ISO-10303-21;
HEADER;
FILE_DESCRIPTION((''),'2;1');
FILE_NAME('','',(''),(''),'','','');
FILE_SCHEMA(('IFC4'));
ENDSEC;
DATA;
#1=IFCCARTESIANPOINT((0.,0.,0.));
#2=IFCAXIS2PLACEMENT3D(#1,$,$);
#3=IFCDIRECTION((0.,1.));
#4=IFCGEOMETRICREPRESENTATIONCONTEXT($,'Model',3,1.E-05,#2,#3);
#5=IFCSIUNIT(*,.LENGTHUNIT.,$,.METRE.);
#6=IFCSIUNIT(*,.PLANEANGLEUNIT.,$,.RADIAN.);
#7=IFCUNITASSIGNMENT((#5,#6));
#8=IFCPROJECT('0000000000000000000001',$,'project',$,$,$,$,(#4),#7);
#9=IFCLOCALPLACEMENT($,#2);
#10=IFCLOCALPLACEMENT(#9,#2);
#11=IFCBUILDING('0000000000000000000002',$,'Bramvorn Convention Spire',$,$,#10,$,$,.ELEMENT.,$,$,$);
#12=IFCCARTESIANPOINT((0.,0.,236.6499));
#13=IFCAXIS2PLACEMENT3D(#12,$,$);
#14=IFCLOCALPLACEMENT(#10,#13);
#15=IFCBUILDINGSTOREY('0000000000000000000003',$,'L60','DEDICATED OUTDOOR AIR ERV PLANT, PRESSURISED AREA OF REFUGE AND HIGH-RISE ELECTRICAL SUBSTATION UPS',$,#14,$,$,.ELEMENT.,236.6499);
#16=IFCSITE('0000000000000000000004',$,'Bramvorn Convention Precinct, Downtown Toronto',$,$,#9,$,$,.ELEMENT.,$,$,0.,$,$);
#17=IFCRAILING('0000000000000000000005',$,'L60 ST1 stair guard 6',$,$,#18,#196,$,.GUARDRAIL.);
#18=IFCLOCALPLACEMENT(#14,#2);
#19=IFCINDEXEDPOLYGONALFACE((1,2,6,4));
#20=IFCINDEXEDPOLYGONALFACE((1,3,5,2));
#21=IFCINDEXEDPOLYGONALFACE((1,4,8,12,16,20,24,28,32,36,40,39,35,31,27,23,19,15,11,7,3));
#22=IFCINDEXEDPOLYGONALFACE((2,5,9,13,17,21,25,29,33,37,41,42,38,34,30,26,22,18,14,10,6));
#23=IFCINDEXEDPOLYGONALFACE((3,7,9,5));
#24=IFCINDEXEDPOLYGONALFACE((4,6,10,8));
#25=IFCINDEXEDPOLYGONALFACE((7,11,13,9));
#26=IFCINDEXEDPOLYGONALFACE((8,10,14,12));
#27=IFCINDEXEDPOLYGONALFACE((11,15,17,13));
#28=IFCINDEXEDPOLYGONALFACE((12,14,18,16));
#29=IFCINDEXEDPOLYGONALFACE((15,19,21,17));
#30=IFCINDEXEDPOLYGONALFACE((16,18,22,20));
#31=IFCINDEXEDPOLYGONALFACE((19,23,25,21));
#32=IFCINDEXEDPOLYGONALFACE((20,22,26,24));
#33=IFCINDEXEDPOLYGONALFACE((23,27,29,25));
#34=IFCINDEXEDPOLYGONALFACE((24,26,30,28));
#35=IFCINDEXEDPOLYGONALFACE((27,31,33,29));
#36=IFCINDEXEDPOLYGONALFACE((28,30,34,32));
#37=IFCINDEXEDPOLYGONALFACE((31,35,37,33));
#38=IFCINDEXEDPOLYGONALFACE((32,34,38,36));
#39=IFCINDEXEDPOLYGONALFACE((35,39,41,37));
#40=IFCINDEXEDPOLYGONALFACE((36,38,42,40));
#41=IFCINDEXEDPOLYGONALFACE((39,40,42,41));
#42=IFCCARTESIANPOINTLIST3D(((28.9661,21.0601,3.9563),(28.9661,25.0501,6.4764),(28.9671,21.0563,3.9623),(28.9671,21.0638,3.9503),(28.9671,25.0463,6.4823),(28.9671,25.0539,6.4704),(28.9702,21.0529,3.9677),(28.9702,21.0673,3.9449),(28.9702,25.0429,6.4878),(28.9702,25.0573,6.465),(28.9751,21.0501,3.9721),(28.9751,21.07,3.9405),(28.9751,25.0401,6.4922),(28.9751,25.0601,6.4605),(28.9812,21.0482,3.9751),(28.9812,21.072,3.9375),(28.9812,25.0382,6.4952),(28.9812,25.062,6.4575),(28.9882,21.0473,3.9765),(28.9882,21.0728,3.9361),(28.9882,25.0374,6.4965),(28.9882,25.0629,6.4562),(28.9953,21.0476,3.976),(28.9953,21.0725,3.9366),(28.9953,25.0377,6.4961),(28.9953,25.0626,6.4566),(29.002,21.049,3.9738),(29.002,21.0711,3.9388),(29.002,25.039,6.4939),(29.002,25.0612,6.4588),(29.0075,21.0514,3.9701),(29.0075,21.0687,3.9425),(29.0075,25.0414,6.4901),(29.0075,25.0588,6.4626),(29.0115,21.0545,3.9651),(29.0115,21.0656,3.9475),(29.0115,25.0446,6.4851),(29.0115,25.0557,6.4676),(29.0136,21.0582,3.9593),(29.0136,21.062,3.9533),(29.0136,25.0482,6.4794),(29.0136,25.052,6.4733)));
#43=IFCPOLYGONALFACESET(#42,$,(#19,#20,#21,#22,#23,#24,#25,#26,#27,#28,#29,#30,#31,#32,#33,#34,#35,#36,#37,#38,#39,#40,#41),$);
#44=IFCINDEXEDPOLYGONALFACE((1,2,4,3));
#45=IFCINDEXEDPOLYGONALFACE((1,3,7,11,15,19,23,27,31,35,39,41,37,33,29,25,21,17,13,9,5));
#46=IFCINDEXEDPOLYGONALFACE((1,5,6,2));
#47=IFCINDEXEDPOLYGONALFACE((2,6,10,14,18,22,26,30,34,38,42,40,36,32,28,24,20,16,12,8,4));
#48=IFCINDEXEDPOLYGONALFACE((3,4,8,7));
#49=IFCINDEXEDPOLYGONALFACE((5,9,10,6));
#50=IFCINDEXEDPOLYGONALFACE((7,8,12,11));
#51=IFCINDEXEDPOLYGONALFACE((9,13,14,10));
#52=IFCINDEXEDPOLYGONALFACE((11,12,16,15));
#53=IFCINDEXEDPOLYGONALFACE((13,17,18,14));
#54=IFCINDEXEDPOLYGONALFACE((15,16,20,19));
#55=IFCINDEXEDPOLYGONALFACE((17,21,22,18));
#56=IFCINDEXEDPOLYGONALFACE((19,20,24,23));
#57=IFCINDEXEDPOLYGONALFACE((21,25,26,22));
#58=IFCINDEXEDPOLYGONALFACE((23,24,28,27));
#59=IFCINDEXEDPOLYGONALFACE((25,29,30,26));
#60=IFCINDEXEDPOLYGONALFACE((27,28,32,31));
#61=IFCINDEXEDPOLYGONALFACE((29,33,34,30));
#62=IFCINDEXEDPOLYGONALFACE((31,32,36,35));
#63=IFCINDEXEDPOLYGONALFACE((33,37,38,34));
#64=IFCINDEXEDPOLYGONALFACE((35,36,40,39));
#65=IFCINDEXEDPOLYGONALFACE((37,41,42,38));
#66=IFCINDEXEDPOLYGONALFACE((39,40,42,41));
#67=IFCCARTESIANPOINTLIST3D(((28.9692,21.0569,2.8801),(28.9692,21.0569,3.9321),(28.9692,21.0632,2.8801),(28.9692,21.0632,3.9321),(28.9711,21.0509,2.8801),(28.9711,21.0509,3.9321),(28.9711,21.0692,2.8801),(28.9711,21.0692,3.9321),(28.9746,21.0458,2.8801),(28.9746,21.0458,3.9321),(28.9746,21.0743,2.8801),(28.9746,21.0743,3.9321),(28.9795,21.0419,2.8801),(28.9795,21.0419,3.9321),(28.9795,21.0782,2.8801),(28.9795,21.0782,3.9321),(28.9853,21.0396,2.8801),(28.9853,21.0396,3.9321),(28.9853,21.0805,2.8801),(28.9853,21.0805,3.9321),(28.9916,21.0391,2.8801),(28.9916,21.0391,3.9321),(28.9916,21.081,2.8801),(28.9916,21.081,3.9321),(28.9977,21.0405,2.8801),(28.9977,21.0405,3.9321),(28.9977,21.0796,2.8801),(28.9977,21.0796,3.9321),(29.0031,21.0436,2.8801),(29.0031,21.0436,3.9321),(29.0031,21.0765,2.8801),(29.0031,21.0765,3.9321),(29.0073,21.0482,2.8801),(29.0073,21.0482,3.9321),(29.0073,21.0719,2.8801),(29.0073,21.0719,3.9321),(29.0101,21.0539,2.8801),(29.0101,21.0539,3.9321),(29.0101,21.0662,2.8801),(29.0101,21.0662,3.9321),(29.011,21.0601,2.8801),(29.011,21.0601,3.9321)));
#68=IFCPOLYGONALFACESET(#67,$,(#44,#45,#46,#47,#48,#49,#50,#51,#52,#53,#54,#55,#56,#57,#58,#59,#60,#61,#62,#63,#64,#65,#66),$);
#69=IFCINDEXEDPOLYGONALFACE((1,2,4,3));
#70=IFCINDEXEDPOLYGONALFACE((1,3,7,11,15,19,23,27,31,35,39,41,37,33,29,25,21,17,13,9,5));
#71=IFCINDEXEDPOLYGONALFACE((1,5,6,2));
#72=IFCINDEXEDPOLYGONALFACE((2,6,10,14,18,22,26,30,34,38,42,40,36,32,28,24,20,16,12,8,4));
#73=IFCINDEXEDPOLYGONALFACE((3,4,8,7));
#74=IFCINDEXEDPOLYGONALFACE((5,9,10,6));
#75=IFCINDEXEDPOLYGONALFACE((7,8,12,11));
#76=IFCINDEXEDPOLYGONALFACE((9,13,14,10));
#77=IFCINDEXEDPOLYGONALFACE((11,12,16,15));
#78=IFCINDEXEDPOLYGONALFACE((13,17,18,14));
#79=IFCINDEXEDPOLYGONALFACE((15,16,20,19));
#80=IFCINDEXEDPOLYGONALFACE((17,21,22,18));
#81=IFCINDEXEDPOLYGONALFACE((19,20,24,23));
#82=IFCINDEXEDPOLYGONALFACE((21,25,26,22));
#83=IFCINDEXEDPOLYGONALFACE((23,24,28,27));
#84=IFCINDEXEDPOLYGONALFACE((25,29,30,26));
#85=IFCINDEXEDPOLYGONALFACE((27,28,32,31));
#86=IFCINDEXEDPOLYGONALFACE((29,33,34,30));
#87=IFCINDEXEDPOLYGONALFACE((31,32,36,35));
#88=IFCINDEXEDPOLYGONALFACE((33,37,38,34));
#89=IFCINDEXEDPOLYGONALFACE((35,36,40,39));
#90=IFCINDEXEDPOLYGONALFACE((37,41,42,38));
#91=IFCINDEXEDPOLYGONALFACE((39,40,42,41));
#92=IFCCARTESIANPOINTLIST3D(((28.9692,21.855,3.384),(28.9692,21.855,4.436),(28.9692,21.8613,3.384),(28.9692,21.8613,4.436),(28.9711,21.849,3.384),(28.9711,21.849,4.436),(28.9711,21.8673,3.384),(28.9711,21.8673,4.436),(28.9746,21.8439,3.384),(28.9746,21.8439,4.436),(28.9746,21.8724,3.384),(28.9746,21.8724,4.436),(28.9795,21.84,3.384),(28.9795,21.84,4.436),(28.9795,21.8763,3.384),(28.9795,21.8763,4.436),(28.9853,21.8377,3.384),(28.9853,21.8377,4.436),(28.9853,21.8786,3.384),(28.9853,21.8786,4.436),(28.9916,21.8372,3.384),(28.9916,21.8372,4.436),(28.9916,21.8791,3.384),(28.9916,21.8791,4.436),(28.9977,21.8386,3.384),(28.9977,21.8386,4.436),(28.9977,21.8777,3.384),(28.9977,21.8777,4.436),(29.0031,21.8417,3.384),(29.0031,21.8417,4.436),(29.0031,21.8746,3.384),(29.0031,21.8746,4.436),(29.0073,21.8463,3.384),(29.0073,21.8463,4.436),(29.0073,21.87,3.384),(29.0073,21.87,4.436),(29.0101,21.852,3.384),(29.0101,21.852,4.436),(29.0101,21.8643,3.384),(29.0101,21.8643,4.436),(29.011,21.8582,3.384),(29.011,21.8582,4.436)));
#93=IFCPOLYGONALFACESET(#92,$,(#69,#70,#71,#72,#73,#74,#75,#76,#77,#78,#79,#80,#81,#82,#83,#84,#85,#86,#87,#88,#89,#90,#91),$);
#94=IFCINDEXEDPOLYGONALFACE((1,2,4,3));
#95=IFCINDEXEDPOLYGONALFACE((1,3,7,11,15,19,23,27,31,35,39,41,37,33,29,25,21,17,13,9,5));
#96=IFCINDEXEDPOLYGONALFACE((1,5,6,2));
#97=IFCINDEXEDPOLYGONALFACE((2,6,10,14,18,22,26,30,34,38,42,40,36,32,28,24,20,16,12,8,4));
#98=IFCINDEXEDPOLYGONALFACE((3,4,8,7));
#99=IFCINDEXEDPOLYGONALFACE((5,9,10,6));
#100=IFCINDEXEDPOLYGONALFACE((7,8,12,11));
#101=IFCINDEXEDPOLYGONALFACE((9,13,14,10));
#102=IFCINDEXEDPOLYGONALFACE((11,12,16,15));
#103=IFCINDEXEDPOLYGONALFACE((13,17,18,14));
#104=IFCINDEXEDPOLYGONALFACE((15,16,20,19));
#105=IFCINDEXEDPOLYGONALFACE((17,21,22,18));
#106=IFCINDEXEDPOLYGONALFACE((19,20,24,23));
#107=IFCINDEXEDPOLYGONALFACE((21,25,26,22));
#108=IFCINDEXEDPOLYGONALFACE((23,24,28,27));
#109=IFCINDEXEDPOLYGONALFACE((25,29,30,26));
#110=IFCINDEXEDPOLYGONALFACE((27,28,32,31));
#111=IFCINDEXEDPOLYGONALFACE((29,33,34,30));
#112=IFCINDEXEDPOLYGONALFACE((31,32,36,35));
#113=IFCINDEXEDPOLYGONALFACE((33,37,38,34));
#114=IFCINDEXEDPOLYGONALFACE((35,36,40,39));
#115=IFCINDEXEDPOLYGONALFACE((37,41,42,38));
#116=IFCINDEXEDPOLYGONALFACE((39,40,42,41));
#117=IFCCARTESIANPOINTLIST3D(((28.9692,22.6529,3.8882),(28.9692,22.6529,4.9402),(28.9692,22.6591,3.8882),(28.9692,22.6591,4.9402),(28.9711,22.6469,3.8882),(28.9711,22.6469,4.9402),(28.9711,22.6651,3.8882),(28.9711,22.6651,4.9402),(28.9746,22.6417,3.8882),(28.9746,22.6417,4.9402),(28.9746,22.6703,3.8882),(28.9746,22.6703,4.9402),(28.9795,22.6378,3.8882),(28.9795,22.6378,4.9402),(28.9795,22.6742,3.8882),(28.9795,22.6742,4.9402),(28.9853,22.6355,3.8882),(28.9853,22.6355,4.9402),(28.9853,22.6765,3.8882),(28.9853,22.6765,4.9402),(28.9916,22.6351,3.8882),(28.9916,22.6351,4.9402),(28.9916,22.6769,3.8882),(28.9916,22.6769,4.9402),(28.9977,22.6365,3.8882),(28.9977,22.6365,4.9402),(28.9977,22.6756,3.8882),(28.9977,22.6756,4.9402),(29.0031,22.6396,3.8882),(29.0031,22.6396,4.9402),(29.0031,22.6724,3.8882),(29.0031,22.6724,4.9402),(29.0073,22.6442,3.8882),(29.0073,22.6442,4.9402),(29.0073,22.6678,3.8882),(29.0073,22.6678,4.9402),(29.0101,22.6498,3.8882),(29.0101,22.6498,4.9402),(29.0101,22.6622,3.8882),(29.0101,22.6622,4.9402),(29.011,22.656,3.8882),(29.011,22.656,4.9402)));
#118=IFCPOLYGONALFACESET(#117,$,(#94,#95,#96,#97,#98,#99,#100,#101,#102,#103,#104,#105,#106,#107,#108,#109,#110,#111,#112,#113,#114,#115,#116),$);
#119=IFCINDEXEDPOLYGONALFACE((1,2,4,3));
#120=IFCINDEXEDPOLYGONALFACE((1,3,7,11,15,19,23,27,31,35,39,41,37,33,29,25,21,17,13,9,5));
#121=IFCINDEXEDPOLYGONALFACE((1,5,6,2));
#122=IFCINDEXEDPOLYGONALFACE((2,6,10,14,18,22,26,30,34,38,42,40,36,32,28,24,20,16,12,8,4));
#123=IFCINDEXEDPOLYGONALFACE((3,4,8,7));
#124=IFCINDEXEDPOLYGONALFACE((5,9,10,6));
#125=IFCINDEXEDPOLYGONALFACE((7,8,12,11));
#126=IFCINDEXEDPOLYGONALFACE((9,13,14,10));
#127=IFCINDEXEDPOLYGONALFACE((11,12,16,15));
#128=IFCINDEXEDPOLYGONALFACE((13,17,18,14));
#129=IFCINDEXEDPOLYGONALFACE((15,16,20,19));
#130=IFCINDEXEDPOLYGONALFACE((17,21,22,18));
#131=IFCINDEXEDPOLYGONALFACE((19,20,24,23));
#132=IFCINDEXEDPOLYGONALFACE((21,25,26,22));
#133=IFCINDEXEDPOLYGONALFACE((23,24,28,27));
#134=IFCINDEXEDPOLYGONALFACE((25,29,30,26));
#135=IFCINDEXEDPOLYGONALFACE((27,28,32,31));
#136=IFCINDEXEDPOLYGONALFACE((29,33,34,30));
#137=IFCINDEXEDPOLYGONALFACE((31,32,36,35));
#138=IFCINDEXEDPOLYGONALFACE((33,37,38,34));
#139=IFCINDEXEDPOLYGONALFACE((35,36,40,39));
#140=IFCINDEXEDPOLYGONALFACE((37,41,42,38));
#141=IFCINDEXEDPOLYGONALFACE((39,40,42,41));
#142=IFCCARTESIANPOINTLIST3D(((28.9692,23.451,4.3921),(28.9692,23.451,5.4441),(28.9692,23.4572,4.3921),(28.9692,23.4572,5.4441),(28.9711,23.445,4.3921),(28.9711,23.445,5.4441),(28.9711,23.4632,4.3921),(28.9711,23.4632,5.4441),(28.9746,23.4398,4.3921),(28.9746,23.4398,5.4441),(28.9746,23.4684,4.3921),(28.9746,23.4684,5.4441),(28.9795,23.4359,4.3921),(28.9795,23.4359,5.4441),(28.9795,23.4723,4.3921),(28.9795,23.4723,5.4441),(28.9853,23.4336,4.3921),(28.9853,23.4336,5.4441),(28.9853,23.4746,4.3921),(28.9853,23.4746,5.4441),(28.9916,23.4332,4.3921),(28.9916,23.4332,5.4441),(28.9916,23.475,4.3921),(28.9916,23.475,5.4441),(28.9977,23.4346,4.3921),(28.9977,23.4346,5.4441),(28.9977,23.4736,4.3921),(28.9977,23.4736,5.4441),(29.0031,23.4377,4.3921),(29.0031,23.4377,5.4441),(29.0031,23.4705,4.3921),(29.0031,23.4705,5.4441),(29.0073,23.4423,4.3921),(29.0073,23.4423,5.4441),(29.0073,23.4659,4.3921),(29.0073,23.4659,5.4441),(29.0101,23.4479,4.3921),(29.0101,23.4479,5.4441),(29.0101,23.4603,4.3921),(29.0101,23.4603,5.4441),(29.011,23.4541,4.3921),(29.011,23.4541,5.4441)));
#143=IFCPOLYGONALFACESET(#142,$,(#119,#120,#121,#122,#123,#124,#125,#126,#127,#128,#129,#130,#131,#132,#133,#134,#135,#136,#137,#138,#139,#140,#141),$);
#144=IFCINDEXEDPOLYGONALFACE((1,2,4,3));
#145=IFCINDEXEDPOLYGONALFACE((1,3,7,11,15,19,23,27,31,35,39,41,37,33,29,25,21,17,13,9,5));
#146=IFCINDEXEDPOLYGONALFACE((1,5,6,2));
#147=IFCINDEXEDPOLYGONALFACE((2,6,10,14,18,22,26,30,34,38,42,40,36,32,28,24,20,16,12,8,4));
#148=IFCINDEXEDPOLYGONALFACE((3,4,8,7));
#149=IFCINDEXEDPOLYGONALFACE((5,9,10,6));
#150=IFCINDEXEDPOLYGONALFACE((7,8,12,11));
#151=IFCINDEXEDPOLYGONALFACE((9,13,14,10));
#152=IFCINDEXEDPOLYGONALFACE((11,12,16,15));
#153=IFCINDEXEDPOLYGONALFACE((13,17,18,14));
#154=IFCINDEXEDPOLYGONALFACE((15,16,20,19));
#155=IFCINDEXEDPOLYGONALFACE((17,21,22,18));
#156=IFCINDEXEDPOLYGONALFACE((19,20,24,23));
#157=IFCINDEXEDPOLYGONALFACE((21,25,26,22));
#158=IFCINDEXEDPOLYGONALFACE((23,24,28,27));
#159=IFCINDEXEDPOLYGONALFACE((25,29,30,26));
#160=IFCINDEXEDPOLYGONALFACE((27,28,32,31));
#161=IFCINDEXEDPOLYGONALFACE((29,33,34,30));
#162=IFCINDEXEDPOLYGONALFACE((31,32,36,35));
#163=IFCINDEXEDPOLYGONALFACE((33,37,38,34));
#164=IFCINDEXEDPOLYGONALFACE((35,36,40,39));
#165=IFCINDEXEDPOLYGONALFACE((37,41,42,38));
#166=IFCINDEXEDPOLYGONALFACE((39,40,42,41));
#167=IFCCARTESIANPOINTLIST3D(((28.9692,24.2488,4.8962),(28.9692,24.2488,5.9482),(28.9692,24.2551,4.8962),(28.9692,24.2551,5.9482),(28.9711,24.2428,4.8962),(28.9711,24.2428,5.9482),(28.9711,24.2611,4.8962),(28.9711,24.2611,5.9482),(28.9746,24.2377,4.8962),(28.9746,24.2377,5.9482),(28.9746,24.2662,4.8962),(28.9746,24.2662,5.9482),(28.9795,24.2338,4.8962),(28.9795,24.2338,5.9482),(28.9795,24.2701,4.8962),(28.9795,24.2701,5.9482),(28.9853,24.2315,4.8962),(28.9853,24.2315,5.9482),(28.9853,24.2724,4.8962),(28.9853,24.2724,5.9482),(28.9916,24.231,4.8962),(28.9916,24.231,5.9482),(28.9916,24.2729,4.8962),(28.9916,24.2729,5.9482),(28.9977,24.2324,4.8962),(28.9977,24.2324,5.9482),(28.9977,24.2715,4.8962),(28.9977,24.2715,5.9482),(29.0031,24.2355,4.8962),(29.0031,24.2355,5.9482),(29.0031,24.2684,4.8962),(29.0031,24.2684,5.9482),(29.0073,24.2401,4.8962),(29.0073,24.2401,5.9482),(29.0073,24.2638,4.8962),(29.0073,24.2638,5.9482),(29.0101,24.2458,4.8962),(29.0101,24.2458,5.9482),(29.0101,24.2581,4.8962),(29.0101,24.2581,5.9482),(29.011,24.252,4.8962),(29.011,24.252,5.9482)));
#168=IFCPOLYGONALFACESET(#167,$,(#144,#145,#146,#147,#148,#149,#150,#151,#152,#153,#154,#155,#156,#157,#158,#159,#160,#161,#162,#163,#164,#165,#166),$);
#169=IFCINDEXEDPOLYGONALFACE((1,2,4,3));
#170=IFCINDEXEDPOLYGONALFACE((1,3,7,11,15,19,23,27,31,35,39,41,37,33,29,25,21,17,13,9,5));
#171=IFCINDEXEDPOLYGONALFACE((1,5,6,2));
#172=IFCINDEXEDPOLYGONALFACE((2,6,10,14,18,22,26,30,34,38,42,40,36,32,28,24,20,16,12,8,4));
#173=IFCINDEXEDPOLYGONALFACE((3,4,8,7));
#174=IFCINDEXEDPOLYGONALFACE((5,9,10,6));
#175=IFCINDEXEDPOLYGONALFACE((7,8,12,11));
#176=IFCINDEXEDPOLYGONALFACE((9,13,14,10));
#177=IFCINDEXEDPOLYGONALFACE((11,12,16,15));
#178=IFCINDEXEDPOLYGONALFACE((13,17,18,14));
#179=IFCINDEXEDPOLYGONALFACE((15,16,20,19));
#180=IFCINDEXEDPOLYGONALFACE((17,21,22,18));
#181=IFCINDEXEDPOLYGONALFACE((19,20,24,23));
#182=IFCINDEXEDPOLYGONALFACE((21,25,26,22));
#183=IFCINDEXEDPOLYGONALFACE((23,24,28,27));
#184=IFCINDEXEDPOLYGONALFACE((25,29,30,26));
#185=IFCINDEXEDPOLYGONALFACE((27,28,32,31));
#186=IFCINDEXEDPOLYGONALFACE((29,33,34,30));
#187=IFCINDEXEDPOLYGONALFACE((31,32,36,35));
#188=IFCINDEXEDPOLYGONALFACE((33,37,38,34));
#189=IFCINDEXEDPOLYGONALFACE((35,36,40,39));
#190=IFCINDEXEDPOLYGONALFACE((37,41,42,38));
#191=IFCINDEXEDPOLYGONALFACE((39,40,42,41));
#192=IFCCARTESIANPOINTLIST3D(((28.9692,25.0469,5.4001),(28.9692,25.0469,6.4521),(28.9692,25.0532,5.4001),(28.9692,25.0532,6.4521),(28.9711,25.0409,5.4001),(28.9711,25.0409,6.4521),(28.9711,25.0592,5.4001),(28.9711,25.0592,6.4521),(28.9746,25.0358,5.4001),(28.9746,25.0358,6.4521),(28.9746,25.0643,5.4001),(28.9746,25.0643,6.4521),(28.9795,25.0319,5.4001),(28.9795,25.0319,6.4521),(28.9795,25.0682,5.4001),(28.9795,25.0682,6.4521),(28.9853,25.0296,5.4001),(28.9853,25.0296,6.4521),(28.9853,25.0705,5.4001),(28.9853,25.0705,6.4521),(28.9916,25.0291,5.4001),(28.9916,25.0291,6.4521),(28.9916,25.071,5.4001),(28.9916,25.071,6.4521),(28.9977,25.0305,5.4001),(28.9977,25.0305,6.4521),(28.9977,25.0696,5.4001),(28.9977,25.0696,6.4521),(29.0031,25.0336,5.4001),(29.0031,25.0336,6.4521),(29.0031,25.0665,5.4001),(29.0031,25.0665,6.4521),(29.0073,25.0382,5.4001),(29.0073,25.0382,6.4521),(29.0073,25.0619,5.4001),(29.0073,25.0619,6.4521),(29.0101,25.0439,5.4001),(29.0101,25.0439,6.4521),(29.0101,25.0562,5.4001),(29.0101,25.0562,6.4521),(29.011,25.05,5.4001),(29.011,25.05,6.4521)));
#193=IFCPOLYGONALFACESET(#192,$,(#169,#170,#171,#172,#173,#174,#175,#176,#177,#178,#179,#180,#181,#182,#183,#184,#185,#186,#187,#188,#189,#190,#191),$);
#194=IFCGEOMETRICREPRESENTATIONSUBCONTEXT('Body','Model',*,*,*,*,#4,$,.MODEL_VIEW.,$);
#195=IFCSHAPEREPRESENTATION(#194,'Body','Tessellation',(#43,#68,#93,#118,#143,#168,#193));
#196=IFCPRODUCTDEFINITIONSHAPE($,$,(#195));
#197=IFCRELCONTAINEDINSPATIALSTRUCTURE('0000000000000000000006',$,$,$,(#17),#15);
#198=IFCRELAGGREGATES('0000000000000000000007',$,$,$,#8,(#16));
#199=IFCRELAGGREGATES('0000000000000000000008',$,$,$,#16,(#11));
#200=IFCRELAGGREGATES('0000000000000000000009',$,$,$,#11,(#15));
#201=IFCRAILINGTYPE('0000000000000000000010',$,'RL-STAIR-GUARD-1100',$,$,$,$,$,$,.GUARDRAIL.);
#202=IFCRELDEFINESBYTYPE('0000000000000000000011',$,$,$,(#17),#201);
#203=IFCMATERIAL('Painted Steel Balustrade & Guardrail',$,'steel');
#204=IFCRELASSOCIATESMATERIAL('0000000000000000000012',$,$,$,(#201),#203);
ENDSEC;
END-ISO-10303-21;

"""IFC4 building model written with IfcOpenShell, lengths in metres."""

from ifc_helpers import new_model, si_unit, direction, frame, origin, origin_2d, place, context, subcontext, project, spatial, circle, extrude, material, type_object, element, save


model = new_model("IFC4")

# Units and contexts
model_context = context("Model", 3, precision=1e-05, world=origin(), true_north=direction((0.0, 1.0)))
body_context = subcontext(model_context, "Body", "Model", "MODEL_VIEW")
ifc_project = project(units=[si_unit("LENGTHUNIT", "METRE"), si_unit("PLANEANGLEUNIT", "RADIAN")], contexts=[model_context])

# Site, building, storey
site_placement = place(None, origin())
site = spatial("IfcSite", under=ifc_project, at=site_placement, Name="Bramvorn Convention Precinct, Downtown Toronto", CompositionType="ELEMENT", RefElevation=0.0)
building_placement = place(site_placement, origin())
building = spatial("IfcBuilding", under=site, at=building_placement, Name="Bramvorn Convention Spire", CompositionType="ELEMENT")
storey_placement = place(building_placement, frame((0.0, 0.0, 236.6499)))
storey = spatial("IfcBuildingStorey", under=building, at=storey_placement, Name="L60", Description="DEDICATED OUTDOOR AIR ERV PLANT, PRESSURISED AREA OF REFUGE AND HIGH-RISE ELECTRICAL SUBSTATION UPS", CompositionType="ELEMENT", Elevation=236.6499)

# Railing
ifc_material_1 = material(Name="Painted Steel Balustrade & Guardrail", Category="steel")
railing_type_1 = type_object("IfcRailingType", Name="RL-STAIR-GUARD-1100", PredefinedType="GUARDRAIL", material=ifc_material_1)
railing_1_placement = place(storey_placement, frame((28.99, 21.0601, 2.8801)))
element("IfcRailing", 1, at=railing_1_placement, inside=storey, type_object=railing_type_1, Name="L60 ST1 stair guard 6", PredefinedType="GUARDRAIL", context=body_context, shape_type="SweptSolid", body=[
    extrude(circle(Radius=0.0239, at=origin_2d()), frame((0.0, 0.0, 1.0762), z_axis=(0.0, 0.845486, 0.533997), x_axis=(-1.0, 0.0, 0.0)), (0.0, 0.0, 1.0), 4.7192),
    extrude(circle(Radius=0.021, at=origin_2d()), origin(), (0.0, 0.0, 1.0), 1.052),
    extrude(circle(Radius=0.021, at=origin_2d()), frame((0.0, 0.7981, 0.5039)), (0.0, 0.0, 1.0), 1.052),
    extrude(circle(Radius=0.021, at=origin_2d()), frame((0.0, 1.5959, 1.0081)), (0.0, 0.0, 1.0), 1.052),
    extrude(circle(Radius=0.021, at=origin_2d()), frame((0.0, 2.394, 1.512)), (0.0, 0.0, 1.0), 1.052),
    extrude(circle(Radius=0.021, at=origin_2d()), frame((0.0, 3.1919, 2.0161)), (0.0, 0.0, 1.0), 1.052),
    extrude(circle(Radius=0.021, at=origin_2d()), frame((0.0, 3.99, 2.52)), (0.0, 0.0, 1.0), 1.052),
])

save(model, "model.ifc")
